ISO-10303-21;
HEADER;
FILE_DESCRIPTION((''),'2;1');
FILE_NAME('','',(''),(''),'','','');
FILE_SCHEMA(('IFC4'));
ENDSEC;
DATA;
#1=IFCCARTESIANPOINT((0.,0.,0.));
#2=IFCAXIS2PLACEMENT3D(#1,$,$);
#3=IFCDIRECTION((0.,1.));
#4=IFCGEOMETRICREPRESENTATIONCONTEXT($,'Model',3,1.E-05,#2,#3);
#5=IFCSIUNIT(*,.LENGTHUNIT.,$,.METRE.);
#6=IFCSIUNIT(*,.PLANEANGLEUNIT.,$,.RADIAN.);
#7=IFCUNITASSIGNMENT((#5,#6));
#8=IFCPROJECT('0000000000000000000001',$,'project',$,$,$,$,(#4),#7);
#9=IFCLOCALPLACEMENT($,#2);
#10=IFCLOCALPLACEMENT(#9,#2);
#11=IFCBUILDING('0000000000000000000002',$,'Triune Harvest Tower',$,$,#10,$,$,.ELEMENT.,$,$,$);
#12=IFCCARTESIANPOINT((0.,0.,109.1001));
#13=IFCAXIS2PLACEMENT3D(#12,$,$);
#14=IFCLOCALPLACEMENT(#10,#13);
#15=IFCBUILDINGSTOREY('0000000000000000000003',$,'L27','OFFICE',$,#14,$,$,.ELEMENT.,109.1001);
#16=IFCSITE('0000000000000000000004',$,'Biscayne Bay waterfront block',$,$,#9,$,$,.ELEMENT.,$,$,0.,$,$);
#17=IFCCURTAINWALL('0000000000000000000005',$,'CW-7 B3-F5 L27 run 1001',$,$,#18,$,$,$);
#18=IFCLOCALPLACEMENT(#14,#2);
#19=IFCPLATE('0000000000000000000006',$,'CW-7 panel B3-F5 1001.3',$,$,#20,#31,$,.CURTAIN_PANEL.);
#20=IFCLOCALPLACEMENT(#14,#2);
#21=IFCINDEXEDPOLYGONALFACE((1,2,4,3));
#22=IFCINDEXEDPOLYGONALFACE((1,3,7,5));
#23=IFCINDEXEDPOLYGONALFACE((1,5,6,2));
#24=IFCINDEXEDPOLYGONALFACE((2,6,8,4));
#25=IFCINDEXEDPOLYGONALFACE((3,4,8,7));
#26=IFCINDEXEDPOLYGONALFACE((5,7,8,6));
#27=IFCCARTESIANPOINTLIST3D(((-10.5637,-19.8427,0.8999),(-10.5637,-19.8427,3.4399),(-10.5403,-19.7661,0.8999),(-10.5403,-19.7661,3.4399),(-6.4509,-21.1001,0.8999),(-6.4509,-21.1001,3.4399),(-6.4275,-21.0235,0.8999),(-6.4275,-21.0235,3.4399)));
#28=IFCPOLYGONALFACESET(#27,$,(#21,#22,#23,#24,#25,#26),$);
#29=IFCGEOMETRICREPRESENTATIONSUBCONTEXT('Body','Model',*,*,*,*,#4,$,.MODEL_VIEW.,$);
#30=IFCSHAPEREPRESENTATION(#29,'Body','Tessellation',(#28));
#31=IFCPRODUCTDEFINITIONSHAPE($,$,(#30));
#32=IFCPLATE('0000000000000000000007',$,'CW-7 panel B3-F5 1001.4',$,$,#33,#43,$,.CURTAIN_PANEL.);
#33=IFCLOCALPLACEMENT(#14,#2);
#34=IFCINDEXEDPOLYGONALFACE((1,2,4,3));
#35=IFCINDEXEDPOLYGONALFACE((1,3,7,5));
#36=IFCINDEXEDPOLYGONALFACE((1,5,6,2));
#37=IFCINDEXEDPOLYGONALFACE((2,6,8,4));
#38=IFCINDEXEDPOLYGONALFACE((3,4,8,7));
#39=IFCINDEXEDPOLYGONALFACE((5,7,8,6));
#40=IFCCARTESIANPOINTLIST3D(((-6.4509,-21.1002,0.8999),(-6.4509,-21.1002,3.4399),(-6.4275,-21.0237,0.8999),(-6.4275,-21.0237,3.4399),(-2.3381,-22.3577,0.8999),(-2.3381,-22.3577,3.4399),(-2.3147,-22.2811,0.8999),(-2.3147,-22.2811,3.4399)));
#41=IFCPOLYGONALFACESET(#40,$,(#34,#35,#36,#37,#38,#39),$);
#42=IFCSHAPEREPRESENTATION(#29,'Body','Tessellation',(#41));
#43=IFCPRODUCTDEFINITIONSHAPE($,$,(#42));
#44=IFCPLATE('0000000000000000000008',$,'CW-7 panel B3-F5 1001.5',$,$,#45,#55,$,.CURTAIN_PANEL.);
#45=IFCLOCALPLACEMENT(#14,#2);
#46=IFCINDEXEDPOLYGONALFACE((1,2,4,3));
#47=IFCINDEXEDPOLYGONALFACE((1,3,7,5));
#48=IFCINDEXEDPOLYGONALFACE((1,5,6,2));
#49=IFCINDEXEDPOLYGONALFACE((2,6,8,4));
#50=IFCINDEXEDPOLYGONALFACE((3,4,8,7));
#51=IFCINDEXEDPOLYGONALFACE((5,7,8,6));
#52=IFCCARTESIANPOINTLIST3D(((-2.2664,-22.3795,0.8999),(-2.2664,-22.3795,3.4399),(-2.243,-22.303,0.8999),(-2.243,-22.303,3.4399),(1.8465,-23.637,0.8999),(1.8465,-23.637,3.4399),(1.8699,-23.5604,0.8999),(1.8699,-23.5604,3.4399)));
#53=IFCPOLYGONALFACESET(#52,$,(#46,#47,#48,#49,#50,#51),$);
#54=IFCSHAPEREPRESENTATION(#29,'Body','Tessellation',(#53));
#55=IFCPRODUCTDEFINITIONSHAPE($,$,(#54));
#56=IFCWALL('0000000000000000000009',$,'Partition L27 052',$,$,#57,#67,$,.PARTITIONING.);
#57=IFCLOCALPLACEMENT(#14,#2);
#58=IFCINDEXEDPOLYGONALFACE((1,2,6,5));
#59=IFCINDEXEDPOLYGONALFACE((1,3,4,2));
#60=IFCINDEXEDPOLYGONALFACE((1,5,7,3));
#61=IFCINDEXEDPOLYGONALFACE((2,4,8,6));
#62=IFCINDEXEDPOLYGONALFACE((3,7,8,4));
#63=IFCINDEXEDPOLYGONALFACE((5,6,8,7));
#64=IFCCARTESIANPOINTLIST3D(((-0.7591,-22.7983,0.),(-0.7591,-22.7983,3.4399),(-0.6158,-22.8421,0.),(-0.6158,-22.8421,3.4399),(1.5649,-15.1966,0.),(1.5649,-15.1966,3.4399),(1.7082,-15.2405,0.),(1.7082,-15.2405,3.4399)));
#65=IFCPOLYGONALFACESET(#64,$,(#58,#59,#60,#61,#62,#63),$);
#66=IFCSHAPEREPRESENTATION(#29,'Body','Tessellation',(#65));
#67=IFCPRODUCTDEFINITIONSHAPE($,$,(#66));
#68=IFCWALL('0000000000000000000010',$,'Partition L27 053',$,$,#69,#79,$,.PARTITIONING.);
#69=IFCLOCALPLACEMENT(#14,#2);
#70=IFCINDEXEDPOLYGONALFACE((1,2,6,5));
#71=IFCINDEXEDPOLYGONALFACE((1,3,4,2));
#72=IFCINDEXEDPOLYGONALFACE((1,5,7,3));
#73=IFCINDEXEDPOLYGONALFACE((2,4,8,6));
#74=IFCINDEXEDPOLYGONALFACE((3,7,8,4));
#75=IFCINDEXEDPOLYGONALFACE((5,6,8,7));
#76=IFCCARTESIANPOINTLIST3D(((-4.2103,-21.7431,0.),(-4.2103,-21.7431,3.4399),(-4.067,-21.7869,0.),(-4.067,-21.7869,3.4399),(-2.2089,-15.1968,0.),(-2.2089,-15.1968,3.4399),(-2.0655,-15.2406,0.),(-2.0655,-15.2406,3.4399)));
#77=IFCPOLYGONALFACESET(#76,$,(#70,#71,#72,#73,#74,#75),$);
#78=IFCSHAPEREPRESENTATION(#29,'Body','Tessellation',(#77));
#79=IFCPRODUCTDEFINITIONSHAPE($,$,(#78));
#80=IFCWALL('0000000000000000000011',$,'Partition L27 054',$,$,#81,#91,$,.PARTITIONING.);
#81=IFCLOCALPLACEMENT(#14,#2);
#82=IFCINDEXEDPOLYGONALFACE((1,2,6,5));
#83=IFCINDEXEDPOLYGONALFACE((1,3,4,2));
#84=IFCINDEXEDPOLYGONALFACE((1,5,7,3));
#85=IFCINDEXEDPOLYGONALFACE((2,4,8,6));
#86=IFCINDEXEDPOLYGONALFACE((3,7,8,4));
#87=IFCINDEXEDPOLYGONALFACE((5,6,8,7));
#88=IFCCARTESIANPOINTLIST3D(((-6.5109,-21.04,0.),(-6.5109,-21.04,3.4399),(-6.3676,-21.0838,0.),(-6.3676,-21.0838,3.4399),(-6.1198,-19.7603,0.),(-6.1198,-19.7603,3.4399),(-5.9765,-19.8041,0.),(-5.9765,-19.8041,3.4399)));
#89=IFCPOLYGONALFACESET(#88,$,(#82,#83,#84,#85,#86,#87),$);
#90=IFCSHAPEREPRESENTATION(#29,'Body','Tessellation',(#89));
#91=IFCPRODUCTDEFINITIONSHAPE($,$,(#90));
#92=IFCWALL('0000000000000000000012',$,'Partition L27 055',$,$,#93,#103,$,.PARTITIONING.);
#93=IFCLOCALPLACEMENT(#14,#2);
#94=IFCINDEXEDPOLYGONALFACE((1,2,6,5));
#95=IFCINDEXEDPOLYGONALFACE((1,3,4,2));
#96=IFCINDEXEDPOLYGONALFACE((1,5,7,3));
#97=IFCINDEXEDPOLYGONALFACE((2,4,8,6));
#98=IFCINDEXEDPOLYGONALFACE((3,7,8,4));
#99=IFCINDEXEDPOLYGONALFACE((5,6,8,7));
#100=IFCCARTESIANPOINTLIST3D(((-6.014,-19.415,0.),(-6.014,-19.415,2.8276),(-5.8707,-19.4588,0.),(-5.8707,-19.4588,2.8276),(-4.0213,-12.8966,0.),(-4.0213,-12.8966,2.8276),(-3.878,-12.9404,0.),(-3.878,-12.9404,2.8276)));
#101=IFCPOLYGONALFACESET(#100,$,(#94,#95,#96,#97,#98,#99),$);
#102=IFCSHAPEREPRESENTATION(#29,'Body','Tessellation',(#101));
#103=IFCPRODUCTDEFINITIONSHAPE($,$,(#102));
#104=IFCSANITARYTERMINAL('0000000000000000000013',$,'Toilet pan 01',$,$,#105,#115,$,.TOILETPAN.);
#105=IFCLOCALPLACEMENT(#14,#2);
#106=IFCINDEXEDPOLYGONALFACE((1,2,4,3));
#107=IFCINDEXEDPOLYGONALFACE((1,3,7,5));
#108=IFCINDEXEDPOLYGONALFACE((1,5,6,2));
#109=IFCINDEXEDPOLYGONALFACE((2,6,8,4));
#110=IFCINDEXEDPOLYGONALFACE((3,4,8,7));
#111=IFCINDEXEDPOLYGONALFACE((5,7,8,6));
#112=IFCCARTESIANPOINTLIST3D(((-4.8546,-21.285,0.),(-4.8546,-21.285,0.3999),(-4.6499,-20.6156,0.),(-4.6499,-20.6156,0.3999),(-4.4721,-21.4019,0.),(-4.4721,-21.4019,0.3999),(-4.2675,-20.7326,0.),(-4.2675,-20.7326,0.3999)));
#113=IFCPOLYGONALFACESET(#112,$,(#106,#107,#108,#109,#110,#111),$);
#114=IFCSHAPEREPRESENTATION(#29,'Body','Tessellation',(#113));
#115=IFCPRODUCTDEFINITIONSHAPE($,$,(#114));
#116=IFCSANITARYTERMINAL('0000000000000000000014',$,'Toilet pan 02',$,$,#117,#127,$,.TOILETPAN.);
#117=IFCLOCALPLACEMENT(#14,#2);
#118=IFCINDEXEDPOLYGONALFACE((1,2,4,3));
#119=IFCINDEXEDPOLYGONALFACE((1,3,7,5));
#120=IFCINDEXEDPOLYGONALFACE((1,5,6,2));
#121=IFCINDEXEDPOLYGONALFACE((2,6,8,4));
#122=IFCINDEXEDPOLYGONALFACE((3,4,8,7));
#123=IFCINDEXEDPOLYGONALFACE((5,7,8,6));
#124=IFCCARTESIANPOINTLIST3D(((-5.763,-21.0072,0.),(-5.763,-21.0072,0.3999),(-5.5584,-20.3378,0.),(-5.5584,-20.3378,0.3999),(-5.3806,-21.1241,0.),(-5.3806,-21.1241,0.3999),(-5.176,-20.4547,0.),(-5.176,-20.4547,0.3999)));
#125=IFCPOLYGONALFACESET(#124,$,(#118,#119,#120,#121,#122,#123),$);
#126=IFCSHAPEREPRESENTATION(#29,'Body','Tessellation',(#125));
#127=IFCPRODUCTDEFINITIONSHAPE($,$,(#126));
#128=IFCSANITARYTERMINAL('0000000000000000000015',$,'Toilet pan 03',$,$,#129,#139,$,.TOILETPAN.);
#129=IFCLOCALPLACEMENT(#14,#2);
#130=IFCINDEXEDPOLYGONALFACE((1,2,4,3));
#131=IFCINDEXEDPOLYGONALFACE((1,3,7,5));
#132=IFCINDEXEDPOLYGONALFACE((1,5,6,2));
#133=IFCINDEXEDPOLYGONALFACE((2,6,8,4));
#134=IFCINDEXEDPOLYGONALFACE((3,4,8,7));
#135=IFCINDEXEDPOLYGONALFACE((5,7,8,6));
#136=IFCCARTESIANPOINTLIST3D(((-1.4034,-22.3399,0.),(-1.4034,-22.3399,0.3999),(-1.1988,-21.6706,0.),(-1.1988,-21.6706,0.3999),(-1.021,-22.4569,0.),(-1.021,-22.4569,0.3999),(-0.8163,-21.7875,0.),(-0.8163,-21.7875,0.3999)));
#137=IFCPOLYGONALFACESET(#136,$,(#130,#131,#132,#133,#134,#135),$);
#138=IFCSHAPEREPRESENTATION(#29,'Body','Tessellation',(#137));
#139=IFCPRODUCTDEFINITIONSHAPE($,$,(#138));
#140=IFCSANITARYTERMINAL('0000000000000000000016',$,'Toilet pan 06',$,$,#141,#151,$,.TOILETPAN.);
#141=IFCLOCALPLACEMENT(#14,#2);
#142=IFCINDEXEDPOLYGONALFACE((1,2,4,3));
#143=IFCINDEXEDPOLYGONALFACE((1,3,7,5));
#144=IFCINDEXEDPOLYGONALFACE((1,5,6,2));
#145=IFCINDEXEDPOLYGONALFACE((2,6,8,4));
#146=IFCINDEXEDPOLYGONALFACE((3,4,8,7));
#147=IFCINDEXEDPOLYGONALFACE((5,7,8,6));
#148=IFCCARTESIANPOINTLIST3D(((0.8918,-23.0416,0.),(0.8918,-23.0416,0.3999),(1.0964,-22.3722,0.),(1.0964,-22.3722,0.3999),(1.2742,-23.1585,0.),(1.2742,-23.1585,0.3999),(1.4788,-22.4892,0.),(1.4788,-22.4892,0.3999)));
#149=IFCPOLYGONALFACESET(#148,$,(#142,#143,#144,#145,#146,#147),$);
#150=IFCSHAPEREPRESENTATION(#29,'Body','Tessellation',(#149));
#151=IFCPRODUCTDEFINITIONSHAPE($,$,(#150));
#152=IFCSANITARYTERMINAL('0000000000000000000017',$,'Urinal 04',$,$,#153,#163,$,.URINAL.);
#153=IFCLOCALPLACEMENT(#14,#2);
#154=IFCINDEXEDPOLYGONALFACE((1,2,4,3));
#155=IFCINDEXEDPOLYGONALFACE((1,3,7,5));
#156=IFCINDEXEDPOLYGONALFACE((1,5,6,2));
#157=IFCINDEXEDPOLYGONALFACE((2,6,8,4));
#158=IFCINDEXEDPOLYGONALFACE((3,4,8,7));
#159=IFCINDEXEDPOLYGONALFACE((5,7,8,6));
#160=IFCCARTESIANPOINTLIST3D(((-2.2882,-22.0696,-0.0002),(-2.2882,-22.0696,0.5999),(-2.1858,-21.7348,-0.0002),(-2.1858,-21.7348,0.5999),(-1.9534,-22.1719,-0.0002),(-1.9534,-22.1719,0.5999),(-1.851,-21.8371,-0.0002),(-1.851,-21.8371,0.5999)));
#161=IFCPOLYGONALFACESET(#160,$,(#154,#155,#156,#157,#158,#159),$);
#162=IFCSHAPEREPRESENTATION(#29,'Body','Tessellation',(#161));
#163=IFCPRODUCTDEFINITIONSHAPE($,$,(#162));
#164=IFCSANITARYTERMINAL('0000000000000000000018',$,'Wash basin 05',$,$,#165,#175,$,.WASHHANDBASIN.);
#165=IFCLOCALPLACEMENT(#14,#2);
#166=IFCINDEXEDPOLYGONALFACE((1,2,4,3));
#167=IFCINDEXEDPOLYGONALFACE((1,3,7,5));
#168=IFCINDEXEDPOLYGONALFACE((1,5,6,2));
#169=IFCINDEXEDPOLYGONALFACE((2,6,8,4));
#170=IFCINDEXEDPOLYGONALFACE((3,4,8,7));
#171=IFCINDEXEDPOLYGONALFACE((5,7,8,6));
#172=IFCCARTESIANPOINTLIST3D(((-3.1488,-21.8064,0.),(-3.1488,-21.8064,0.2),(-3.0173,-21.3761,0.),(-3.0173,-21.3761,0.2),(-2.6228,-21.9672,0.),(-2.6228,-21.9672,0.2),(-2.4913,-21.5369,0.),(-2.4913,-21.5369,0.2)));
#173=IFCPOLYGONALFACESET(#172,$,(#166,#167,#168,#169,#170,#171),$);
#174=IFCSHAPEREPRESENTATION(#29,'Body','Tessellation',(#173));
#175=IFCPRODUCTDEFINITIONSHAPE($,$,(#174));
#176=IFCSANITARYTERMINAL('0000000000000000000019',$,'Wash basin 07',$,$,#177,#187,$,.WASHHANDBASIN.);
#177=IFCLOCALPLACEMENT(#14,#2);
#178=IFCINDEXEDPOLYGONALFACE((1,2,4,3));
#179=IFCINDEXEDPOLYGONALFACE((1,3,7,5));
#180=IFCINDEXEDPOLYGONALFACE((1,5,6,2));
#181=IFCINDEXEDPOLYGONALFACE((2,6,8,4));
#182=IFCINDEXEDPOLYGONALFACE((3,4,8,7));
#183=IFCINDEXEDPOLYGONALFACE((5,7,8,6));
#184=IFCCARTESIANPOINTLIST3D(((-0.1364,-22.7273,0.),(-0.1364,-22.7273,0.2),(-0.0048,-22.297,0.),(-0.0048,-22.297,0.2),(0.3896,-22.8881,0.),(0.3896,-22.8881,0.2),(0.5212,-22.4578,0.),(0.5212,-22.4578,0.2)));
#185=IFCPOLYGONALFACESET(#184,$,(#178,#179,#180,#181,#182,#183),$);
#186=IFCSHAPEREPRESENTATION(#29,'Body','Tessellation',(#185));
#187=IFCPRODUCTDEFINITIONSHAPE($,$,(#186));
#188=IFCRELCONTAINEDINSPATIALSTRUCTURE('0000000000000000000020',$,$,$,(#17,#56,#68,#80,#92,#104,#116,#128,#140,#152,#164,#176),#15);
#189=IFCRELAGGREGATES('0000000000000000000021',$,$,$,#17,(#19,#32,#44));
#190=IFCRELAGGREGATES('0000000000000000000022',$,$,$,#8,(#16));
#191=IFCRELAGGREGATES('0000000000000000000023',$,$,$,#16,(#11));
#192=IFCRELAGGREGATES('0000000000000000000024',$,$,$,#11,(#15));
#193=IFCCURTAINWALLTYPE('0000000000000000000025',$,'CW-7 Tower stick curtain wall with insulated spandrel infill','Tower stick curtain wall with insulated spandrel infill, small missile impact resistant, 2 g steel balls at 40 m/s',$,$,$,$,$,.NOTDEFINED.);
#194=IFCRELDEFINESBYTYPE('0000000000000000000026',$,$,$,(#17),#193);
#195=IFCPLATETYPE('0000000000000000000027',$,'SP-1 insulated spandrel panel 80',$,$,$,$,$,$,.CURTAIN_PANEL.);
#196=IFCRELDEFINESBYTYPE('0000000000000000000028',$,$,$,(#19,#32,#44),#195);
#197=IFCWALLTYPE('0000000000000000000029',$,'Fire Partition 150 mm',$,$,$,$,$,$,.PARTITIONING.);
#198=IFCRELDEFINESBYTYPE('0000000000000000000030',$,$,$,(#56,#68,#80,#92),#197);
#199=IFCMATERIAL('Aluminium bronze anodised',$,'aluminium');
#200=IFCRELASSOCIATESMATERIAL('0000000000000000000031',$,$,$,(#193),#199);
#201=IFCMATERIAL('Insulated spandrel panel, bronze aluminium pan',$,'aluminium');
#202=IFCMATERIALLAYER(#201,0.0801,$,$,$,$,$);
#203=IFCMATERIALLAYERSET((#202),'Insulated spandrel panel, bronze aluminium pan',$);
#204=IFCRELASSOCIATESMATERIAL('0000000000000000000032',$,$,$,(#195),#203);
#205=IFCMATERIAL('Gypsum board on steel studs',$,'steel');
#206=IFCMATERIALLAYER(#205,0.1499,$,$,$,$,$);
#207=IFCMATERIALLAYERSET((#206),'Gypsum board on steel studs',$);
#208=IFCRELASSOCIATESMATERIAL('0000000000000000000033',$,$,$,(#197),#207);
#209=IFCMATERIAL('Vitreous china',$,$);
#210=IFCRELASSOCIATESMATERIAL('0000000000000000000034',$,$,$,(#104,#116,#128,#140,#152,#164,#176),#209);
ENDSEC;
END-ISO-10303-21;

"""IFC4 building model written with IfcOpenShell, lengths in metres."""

from ifc_helpers import new_model, si_unit, direction, frame, frame_2d, origin, origin_2d, place, context, subcontext, project, spatial, rectangle, extrude, source, transform, mapped, material, layer, layer_set, type_object, element, aggregate, save


model = new_model("IFC4")

# Units and contexts
model_context = context("Model", 3, precision=1e-05, world=origin(), true_north=direction((0.0, 1.0)))
body_context = subcontext(model_context, "Body", "Model", "MODEL_VIEW")
ifc_project = project(units=[si_unit("LENGTHUNIT", "METRE"), si_unit("PLANEANGLEUNIT", "RADIAN")], contexts=[model_context])

# Site, building, storey
site_placement = place(None, origin())
site = spatial("IfcSite", under=ifc_project, at=site_placement, Name="Biscayne Bay waterfront block", CompositionType="ELEMENT", RefElevation=0.0)
building_placement = place(site_placement, origin())
building = spatial("IfcBuilding", under=site, at=building_placement, Name="Triune Harvest Tower", CompositionType="ELEMENT")
storey_placement = place(building_placement, frame((0.0, 0.0, 109.1001)))
storey = spatial("IfcBuildingStorey", under=building, at=storey_placement, Name="L27", Description="OFFICE", CompositionType="ELEMENT", Elevation=109.1001)

# Curtain wall, plates
ifc_material_1 = material(Name="Aluminium bronze anodised", Category="aluminium")
curtain_wall_type = type_object("IfcCurtainWallType", Name="CW-7 Tower stick curtain wall with insulated spandrel infill", Description="Tower stick curtain wall with insulated spandrel infill, small missile impact resistant, 2 g steel balls at 40 m/s", PredefinedType="NOTDEFINED", material=ifc_material_1)
curtain_wall_placement = place(storey_placement, origin())
curtain_wall = element("IfcCurtainWall", 1, at=curtain_wall_placement, inside=storey, type_object=curtain_wall_type, Name="CW-7 B3-F5 L27 run 1001")
ifc_material_2 = material(Name="Insulated spandrel panel, bronze aluminium pan", Category="aluminium")
ifc_layer_1 = layer(ifc_material_2, 0.0801)
ifc_layer_set_1 = layer_set([ifc_layer_1], Name="Insulated spandrel panel, bronze aluminium pan")
plate_type = type_object("IfcPlateType", Name="SP-1 insulated spandrel panel 80", PredefinedType="CURTAIN_PANEL", material=ifc_layer_set_1)
shared_shape_1 = source(origin(), body_context, "Body", "SweptSolid", [
    extrude(rectangle(XDim=4.3008, YDim=0.0801, at=origin_2d()), origin(), (0.0, 0.0, 1.0), 2.54),
])
plate_1_placement = place(storey_placement, frame((-8.4956, -20.4331, 0.8999), z_axis=(0.0, 0.0, 1.0), x_axis=(0.956304, -0.292373, 0.0)))
plate_1 = element("IfcPlate", 2, at=plate_1_placement, type_object=plate_type, Name="CW-7 panel B3-F5 1001.3", PredefinedType="CURTAIN_PANEL", context=body_context, shape_type="MappedRepresentation", body=[
    mapped(shared_shape_1, transform((0.0, 0.0, 0.0), scale=1.0)),
])
plate_2_placement = place(storey_placement, frame((-4.3828, -21.6907, 0.8999), z_axis=(0.0, 0.0, 1.0), x_axis=(0.956304, -0.292373, 0.0)))
plate_2 = element("IfcPlate", 3, at=plate_2_placement, type_object=plate_type, Name="CW-7 panel B3-F5 1001.4", PredefinedType="CURTAIN_PANEL", context=body_context, shape_type="MappedRepresentation", body=[
    mapped(shared_shape_1, transform((0.0, 0.0, 0.0), scale=1.0)),
])
plate_3_placement = place(storey_placement, frame((-0.1982, -22.97, 0.8999), z_axis=(0.0, 0.0, 1.0), x_axis=(0.956304, -0.292373, 0.0)))
plate_3 = element("IfcPlate", 4, at=plate_3_placement, type_object=plate_type, Name="CW-7 panel B3-F5 1001.5", PredefinedType="CURTAIN_PANEL", context=body_context, shape_type="MappedRepresentation", body=[
    mapped(shared_shape_1, transform((0.0, 0.0, 0.0), scale=1.0)),
])
aggregate(curtain_wall, [plate_1, plate_2, plate_3])

# Walls
ifc_material_3 = material(Name="Gypsum board on steel studs", Category="steel")
ifc_layer_2 = layer(ifc_material_3, 0.1499)
ifc_layer_set_2 = layer_set([ifc_layer_2], Name="Gypsum board on steel studs")
wall_type = type_object("IfcWallType", Name="Fire Partition 150 mm", PredefinedType="PARTITIONING", material=ifc_layer_set_2)
shared_shape_2 = source(origin(), body_context, "Body", "SweptSolid", [
    extrude(rectangle(XDim=7.949, YDim=0.1499, at=frame_2d((3.9746, 0.0))), origin(), (0.0, 0.0, 1.0), 3.4399),
])
wall_1_placement = place(storey_placement, frame((-0.6875, -22.8203, 0.0), z_axis=(0.0, 0.0, 1.0), x_axis=(0.292365, 0.956307, 0.0)))
element("IfcWall", 5, at=wall_1_placement, inside=storey, type_object=wall_type, Name="Partition L27 052", PredefinedType="PARTITIONING", context=body_context, shape_type="MappedRepresentation", body=[
    mapped(shared_shape_2, transform((0.0, 0.0, 0.0), scale=1.0)),
])
shared_shape_3 = source(origin(), body_context, "Body", "SweptSolid", [
    extrude(rectangle(XDim=6.8455, YDim=0.1499, at=frame_2d((3.4229, 0.0))), origin(), (0.0, 0.0, 1.0), 3.4399),
])
wall_2_placement = place(storey_placement, frame((-4.1387, -21.7651, 0.0), z_axis=(0.0, 0.0, 1.0), x_axis=(0.292376, 0.956303, 0.0)))
element("IfcWall", 6, at=wall_2_placement, inside=storey, type_object=wall_type, Name="Partition L27 053", PredefinedType="PARTITIONING", context=body_context, shape_type="MappedRepresentation", body=[
    mapped(shared_shape_3, transform((0.0, 0.0, 0.0), scale=1.0)),
])
shared_shape_4 = source(origin(), body_context, "Body", "SweptSolid", [
    extrude(rectangle(XDim=1.3381, YDim=0.1499, at=frame_2d((0.6689, 0.0))), origin(), (0.0, 0.0, 1.0), 3.4399),
])
wall_3_placement = place(storey_placement, frame((-6.4392, -21.0618, 0.0), z_axis=(0.0, 0.0, 1.0), x_axis=(0.292265, 0.956337, 0.0)))
element("IfcWall", 7, at=wall_3_placement, inside=storey, type_object=wall_type, Name="Partition L27 054", PredefinedType="PARTITIONING", context=body_context, shape_type="MappedRepresentation", body=[
    mapped(shared_shape_4, transform((0.0, 0.0, 0.0), scale=1.0)),
])
shared_shape_5 = source(origin(), body_context, "Body", "SweptSolid", [
    extrude(rectangle(XDim=6.8162, YDim=0.1499, at=frame_2d((3.4082, 0.0))), origin(), (0.0, 0.0, 1.0), 2.8276),
])
wall_4_placement = place(storey_placement, frame((-5.9424, -19.437, 0.0), z_axis=(0.0, 0.0, 1.0), x_axis=(0.292349, 0.956312, 0.0)))
element("IfcWall", 8, at=wall_4_placement, inside=storey, type_object=wall_type, Name="Partition L27 055", PredefinedType="PARTITIONING", context=body_context, shape_type="MappedRepresentation", body=[
    mapped(shared_shape_5, transform((0.0, 0.0, 0.0), scale=1.0)),
])

# Sanitary terminals
ifc_material_4 = material(Name="Vitreous china")
shared_shape_6 = source(origin(), body_context, "Body", "SweptSolid", [
    extrude(rectangle(XDim=0.3999, YDim=0.7, at=origin_2d()), origin(), (0.0, 0.0, 1.0), 0.3999),
])
for number, where, z_axis, x_axis, name in (
    (9, (-4.561, -21.0088, 0.0), (0.0, 0.0, 1.0), (-0.95631, 0.292355, 0.0), "Toilet pan 01"),
    (10, (-5.4695, -20.731, 0.0), (0.0, 0.0, 1.0), (-0.95631, 0.292355, 0.0), "Toilet pan 02"),
    (11, (-1.1099, -22.0637, 0.0), (0.0, 0.0, 1.0), (-0.95631, 0.292355, 0.0), "Toilet pan 03"),
    (12, (1.1853, -22.7654, 0.0), (0.0, 0.0, 1.0), (-0.956305, 0.292372, 0.0), "Toilet pan 06"),
):
    element("IfcSanitaryTerminal", number, at=place(storey_placement, frame(where, z_axis=z_axis, x_axis=x_axis)), inside=storey, material=ifc_material_4, Name=name, PredefinedType="TOILETPAN", context=body_context, shape_type="MappedRepresentation", body=[
        mapped(shared_shape_6, transform((0.0, 0.0, 0.0), scale=1.0)),
    ])
shared_shape_7 = source(origin(), body_context, "Body", "SweptSolid", [
    extrude(rectangle(XDim=0.3501, YDim=0.3501, at=origin_2d()), origin(), (0.0, 0.0, 1.0), 0.6001),
])
sanitary_terminal_placement = place(storey_placement, frame((-2.0696, -21.9534, -0.0002), z_axis=(0.0, 0.0, 1.0), x_axis=(-0.95631, 0.292355, 0.0)))
element("IfcSanitaryTerminal", 13, at=sanitary_terminal_placement, inside=storey, material=ifc_material_4, Name="Urinal 04", PredefinedType="URINAL", context=body_context, shape_type="MappedRepresentation", body=[
    mapped(shared_shape_7, transform((0.0, 0.0, 0.0), scale=1.0)),
])
shared_shape_8 = source(origin(), body_context, "Body", "SweptSolid", [
    extrude(rectangle(XDim=0.55, YDim=0.45, at=origin_2d()), origin(), (0.0, 0.0, 1.0), 0.2),
])
for number, where, z_axis, x_axis, name in (
    (14, (-2.8201, -21.6716, 0.0), (0.0, 0.0, 1.0), (-0.95631, 0.292355, 0.0), "Wash basin 05"),
    (15, (0.1924, -22.5925, 0.0), (0.0, 0.0, 1.0), (-0.956305, 0.292372, 0.0), "Wash basin 07"),
):
    element("IfcSanitaryTerminal", number, at=place(storey_placement, frame(where, z_axis=z_axis, x_axis=x_axis)), inside=storey, material=ifc_material_4, Name=name, PredefinedType="WASHHANDBASIN", context=body_context, shape_type="MappedRepresentation", body=[
        mapped(shared_shape_8, transform((0.0, 0.0, 0.0), scale=1.0)),
    ])

save(model, "model.ifc")
